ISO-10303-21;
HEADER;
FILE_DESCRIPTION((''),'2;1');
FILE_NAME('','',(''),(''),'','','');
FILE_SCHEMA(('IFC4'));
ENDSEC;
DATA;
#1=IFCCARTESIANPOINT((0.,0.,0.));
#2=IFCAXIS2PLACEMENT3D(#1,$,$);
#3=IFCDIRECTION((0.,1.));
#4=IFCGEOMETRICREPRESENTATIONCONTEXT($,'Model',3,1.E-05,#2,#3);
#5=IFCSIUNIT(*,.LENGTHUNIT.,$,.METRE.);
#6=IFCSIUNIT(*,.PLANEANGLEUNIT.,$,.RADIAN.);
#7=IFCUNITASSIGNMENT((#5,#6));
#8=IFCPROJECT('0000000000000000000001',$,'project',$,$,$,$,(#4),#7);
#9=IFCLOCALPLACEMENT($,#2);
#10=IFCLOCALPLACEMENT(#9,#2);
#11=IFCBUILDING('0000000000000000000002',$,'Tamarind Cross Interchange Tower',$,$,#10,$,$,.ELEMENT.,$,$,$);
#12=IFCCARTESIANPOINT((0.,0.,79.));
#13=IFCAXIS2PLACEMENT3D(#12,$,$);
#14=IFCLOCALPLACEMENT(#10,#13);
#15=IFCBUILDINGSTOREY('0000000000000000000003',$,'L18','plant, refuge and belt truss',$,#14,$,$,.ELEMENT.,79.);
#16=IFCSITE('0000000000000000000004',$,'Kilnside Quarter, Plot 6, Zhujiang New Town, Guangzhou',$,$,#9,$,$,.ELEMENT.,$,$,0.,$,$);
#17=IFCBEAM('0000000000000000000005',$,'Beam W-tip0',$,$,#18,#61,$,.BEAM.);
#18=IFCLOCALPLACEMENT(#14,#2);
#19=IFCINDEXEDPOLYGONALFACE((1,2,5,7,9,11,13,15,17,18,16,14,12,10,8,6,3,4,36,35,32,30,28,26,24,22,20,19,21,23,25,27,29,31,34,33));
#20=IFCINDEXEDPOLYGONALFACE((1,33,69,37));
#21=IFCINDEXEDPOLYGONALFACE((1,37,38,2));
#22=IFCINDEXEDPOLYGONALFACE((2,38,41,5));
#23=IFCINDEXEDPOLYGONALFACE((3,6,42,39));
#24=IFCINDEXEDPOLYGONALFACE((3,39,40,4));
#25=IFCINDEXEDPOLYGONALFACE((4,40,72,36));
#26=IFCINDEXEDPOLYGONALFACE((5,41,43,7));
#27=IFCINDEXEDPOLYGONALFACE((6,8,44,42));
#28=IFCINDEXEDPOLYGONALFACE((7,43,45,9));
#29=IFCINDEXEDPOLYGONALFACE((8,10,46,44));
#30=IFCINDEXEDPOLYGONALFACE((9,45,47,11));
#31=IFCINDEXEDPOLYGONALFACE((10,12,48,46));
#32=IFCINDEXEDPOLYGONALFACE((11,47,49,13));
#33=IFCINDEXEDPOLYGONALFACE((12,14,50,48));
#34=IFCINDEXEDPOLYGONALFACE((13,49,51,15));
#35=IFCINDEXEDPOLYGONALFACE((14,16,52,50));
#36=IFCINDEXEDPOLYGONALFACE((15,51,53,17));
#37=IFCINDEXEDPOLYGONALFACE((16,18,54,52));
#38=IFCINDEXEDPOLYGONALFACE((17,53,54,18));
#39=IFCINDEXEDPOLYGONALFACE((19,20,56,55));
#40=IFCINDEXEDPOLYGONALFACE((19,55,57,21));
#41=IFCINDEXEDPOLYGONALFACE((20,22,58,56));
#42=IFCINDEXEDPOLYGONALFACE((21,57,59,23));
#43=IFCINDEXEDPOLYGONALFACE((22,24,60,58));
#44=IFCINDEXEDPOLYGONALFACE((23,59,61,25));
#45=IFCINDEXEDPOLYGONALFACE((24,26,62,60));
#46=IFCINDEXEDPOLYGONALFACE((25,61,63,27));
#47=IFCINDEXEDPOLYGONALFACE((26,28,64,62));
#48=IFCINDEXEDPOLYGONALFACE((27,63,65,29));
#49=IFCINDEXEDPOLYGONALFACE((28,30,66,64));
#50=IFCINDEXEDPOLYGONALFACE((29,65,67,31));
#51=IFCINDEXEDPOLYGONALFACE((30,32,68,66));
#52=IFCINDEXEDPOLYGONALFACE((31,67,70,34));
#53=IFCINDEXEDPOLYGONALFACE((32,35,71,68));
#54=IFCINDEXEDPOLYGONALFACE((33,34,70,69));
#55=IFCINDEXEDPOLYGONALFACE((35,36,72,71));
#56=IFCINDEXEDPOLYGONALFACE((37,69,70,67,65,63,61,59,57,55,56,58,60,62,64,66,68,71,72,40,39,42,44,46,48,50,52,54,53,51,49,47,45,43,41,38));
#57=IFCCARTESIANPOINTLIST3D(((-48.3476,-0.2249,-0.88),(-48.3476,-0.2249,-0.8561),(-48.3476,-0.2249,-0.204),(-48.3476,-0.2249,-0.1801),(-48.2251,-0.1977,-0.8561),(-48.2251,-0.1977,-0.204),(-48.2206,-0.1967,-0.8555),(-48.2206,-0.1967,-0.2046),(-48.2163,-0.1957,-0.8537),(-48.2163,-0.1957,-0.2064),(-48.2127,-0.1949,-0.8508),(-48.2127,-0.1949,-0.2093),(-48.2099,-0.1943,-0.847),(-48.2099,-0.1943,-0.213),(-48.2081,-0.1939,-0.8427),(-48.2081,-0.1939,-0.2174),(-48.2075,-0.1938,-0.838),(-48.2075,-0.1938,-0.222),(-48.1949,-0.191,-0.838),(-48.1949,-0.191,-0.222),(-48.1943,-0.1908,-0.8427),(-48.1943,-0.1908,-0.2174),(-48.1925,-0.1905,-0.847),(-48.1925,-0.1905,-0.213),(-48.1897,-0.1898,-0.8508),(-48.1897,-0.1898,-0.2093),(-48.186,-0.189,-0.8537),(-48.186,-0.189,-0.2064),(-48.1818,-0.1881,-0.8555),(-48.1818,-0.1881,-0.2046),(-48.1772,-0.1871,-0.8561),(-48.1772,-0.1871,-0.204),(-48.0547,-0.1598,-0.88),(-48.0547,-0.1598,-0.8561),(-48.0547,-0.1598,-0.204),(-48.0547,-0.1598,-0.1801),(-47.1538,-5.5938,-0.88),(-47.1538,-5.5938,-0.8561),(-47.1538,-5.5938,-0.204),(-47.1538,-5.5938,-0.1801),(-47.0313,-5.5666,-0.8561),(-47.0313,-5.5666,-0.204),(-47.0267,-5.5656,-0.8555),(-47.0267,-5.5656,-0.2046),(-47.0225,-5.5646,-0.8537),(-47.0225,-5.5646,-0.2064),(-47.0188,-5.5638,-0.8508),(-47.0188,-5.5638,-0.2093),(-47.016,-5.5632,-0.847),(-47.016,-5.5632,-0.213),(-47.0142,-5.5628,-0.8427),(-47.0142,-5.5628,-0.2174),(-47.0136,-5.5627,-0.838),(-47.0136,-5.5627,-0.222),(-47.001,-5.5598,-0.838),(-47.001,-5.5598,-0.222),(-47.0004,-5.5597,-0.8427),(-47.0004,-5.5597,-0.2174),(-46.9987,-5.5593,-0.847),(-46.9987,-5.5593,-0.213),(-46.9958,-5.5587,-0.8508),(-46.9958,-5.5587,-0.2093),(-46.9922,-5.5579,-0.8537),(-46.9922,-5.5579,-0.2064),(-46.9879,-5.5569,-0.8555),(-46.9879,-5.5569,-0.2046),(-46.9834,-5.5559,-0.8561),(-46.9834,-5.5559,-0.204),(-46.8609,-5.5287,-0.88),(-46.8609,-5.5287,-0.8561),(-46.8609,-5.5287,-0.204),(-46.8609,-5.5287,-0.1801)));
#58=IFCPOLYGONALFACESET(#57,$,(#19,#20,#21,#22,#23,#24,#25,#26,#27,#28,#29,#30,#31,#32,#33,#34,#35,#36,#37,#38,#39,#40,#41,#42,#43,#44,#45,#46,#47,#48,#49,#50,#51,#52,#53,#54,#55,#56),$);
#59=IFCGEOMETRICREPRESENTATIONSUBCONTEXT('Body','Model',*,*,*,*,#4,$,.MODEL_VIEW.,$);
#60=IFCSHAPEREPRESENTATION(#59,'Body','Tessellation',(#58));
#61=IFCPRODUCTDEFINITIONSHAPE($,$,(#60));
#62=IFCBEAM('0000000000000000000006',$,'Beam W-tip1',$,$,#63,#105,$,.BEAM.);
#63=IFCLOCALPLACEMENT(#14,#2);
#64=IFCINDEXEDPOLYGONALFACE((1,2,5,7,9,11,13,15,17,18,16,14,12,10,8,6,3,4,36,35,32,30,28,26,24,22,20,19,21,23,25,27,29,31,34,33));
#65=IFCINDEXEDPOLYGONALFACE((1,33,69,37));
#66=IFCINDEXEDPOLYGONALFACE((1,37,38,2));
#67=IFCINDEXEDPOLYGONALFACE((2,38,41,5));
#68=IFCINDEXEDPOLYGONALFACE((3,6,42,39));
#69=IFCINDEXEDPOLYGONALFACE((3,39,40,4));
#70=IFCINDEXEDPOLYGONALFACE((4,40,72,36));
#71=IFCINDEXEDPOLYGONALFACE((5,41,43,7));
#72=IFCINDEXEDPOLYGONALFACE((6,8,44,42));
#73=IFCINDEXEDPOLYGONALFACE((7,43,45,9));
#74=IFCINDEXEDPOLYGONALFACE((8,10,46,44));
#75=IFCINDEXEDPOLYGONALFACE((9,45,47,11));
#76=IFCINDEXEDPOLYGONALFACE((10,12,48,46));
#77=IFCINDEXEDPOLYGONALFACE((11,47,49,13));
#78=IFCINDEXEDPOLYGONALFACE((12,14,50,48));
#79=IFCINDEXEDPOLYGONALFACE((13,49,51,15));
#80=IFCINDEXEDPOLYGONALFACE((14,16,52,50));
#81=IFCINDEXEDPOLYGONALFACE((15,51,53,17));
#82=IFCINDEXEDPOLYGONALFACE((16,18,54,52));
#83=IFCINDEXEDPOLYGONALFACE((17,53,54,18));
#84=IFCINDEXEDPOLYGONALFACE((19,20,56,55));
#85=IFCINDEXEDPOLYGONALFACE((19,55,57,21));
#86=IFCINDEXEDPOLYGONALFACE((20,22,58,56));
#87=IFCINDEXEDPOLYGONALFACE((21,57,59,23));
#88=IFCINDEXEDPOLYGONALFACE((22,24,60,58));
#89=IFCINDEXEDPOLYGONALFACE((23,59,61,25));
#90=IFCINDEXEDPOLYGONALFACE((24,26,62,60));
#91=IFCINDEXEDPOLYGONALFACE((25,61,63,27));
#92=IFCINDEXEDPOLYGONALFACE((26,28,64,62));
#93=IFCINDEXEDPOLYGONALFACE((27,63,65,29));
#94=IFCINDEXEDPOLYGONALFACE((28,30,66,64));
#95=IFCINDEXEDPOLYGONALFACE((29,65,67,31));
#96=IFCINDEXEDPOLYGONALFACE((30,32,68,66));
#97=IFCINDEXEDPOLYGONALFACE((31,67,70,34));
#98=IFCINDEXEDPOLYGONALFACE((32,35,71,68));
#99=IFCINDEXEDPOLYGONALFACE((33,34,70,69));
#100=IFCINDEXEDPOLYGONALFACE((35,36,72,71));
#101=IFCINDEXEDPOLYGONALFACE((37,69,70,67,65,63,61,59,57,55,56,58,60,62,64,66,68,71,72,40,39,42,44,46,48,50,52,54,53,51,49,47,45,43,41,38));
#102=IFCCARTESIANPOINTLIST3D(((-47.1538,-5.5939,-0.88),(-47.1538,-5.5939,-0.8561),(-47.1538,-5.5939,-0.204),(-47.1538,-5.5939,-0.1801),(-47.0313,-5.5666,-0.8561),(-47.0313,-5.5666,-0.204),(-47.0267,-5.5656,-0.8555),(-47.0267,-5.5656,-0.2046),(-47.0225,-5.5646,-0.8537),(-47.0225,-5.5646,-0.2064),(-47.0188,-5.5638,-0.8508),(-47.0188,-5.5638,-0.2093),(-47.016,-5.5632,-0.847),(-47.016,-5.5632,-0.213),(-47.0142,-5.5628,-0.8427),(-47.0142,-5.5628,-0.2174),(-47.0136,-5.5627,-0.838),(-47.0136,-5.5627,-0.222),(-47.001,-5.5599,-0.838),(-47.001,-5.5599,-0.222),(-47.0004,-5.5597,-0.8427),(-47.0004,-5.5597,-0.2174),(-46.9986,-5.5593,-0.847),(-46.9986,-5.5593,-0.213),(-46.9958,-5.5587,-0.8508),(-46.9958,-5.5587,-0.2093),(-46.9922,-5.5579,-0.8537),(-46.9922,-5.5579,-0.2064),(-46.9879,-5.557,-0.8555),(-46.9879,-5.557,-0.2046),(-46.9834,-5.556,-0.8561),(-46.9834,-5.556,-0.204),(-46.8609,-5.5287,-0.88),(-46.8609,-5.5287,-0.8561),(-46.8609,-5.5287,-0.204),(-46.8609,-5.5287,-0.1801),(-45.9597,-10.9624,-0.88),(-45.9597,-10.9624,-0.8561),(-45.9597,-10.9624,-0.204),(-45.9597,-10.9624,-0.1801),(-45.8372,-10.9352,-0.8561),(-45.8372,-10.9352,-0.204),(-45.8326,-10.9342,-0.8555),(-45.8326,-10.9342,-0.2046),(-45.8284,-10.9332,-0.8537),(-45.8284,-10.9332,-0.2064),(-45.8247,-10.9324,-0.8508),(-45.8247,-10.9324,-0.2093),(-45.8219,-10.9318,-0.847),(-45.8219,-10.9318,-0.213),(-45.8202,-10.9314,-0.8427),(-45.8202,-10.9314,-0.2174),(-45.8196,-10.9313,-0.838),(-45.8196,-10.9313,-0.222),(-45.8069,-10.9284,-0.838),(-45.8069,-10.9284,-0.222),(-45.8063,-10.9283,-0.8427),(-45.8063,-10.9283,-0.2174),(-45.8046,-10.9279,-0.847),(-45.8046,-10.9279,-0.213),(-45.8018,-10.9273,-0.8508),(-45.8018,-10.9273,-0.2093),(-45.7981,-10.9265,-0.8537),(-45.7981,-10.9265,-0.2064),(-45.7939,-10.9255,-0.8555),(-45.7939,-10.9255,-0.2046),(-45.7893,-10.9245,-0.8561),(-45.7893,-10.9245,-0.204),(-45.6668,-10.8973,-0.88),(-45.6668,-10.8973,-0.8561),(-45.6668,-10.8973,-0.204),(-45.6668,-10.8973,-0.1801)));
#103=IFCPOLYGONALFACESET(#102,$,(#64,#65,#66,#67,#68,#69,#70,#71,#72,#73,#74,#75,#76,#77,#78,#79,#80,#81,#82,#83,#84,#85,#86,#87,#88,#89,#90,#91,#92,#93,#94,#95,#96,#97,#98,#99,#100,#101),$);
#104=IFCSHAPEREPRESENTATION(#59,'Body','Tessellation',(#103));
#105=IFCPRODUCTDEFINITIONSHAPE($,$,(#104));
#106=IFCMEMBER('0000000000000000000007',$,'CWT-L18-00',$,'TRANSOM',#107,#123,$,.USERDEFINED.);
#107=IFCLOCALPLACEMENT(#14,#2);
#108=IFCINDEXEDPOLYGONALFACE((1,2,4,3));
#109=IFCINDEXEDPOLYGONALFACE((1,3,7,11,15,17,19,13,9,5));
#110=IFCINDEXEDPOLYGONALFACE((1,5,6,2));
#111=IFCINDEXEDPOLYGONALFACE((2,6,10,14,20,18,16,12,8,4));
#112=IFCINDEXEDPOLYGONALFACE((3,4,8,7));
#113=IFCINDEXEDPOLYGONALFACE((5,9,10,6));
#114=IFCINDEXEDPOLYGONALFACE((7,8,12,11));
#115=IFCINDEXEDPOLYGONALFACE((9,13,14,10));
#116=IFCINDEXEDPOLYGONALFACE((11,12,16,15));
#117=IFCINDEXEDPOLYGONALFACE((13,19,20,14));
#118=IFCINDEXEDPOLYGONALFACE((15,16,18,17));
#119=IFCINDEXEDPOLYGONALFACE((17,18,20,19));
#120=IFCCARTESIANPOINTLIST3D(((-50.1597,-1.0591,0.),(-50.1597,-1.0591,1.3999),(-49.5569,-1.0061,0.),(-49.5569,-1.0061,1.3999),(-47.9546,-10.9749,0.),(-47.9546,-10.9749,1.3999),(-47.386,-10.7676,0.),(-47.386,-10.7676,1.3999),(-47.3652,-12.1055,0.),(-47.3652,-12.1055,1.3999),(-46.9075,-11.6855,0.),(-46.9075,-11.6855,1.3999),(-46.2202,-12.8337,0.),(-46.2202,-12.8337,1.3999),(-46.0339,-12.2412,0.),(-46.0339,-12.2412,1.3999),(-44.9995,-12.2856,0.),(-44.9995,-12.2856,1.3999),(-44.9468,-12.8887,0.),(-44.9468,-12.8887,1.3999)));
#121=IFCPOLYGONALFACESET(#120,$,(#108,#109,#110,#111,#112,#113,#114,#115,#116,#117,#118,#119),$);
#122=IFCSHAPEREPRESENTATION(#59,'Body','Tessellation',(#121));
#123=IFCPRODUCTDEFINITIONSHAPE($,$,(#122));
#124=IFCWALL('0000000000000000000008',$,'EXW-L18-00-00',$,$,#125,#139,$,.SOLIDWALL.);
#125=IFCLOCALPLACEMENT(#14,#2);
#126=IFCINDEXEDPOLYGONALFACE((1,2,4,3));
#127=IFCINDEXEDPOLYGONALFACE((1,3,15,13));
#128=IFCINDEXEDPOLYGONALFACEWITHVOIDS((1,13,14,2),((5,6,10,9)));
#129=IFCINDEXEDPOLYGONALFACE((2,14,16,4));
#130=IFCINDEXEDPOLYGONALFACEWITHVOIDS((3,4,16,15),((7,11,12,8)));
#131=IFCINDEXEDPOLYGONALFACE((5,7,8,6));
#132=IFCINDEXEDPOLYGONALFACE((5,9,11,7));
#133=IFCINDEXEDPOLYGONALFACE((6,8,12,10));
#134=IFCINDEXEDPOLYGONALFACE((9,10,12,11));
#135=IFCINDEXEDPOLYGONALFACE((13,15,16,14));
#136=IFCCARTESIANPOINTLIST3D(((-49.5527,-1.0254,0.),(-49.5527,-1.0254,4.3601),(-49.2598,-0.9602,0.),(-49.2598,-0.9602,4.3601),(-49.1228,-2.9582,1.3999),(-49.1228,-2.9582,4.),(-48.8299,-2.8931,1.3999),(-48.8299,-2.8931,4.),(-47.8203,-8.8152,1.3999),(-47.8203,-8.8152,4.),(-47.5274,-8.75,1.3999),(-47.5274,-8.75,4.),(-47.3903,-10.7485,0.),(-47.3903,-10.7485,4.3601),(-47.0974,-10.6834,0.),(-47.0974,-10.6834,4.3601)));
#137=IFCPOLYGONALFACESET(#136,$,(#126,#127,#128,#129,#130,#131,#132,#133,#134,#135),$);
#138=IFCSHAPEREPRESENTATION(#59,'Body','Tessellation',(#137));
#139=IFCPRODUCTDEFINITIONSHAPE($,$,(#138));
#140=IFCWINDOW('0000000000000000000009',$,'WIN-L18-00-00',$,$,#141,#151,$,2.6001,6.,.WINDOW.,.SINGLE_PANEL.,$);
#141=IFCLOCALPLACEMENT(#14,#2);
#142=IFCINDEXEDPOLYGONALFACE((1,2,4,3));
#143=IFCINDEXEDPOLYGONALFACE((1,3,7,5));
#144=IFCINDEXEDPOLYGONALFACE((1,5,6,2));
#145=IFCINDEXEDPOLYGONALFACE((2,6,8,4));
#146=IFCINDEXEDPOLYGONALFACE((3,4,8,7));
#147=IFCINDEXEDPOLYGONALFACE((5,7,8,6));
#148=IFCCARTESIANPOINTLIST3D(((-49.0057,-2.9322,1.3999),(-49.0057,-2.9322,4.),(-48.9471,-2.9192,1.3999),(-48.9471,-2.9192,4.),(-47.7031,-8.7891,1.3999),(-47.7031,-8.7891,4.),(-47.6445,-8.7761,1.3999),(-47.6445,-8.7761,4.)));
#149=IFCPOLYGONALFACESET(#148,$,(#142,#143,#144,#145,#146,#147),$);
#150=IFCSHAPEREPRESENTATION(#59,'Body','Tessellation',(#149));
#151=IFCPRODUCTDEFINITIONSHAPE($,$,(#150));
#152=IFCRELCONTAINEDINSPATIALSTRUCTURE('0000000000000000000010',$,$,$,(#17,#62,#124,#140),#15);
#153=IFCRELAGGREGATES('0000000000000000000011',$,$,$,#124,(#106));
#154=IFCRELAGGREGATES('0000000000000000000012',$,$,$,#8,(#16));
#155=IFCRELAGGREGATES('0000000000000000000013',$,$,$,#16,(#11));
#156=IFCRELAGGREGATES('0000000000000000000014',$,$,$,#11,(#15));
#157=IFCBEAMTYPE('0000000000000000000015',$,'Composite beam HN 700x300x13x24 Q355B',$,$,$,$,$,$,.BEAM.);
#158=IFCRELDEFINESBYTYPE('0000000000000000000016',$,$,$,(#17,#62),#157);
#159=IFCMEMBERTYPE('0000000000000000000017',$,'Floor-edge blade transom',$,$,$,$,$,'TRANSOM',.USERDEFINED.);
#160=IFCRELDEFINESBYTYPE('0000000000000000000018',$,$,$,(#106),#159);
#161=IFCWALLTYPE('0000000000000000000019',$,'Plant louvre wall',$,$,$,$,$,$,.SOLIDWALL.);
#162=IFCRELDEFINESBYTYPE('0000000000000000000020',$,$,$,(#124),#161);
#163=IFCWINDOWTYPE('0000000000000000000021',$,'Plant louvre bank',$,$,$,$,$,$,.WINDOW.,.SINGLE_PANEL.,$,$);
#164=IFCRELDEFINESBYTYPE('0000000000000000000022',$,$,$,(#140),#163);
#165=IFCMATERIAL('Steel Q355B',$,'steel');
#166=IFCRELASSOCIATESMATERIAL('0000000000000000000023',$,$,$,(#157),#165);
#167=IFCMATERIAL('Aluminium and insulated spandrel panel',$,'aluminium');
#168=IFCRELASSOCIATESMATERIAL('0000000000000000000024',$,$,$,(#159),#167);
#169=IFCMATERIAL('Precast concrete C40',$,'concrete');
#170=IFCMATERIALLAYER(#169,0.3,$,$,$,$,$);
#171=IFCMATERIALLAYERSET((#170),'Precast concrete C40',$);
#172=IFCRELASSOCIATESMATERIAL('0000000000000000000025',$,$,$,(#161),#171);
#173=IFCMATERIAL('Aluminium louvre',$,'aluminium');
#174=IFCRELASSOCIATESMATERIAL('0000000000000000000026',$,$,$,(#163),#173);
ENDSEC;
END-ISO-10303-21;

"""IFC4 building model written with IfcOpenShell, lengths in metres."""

from ifc_helpers import new_model, si_unit, direction, frame, frame_2d, origin, origin_2d, place, context, subcontext, project, spatial, polyline, rectangle, i_section, outline, extrude, material, layer, layer_set, material_profile, profile_set, type_object, element, fill, aggregate, save


model = new_model("IFC4")

# Units and contexts
model_context = context("Model", 3, precision=1e-05, world=origin(), true_north=direction((0.0, 1.0)))
body_context = subcontext(model_context, "Body", "Model", "MODEL_VIEW")
ifc_project = project(units=[si_unit("LENGTHUNIT", "METRE"), si_unit("PLANEANGLEUNIT", "RADIAN")], contexts=[model_context])

# Site, building, storey
site_placement = place(None, origin())
site = spatial("IfcSite", under=ifc_project, at=site_placement, Name="Kilnside Quarter, Plot 6, Zhujiang New Town, Guangzhou", CompositionType="ELEMENT", RefElevation=0.0)
building_placement = place(site_placement, origin())
building = spatial("IfcBuilding", under=site, at=building_placement, Name="Tamarind Cross Interchange Tower", CompositionType="ELEMENT")
storey_placement = place(building_placement, frame((0.0, 0.0, 79.0)))
storey = spatial("IfcBuildingStorey", under=building, at=storey_placement, Name="L18", Description="plant, refuge and belt truss", CompositionType="ELEMENT", Elevation=79.0)

# Beams
ifc_material_1 = material(Name="Steel Q355B", Category="steel")
ifc_material_profile_1 = material_profile(ifc_material_1, i_section(OverallWidth=0.3, OverallDepth=0.7, WebThickness=0.0129, FlangeThickness=0.0239, FilletRadius=0.0181, at=origin_2d()), Name="HN 700x300x13x24")
ifc_profile_set_1 = profile_set([ifc_material_profile_1], Name="Steel Q355B")
beam_type_1 = type_object("IfcBeamType", Name="Composite beam HN 700x300x13x24 Q355B", PredefinedType="BEAM", material=ifc_profile_set_1)
beam_1_placement = place(storey_placement, frame((-48.2012, -0.1924, -0.53), z_axis=(0.217062, -0.976158, 0.0), x_axis=(0.976158, 0.217062, 0.0)))
element("IfcBeam", 1, at=beam_1_placement, inside=storey, type_object=beam_type_1, Name="Beam W-tip0", PredefinedType="BEAM", context=body_context, shape_type="SweptSolid", body=[
    extrude(i_section(OverallWidth=0.3, OverallDepth=0.7, WebThickness=0.0129, FlangeThickness=0.0239, FilletRadius=0.0181, at=origin_2d()), origin(), (0.0, 0.0, 1.0), 5.5),
])
beam_2_placement = place(storey_placement, frame((-47.0073, -5.5613, -0.53), z_axis=(0.217114, -0.976146, 0.0), x_axis=(0.976146, 0.217114, 0.0)))
element("IfcBeam", 2, at=beam_2_placement, inside=storey, type_object=beam_type_1, Name="Beam W-tip1", PredefinedType="BEAM", context=body_context, shape_type="SweptSolid", body=[
    extrude(i_section(OverallWidth=0.3, OverallDepth=0.7, WebThickness=0.0129, FlangeThickness=0.0239, FilletRadius=0.0181, at=origin_2d()), origin(), (0.0, 0.0, 1.0), 5.4998),
])

# Member
ifc_material_2 = material(Name="Aluminium and insulated spandrel panel", Category="aluminium")
member_type_1 = type_object("IfcMemberType", Name="Floor-edge blade transom", ElementType="TRANSOM", PredefinedType="USERDEFINED", material=ifc_material_2)
member_1_placement = place(storey_placement, origin())
member_1 = element("IfcMember", 3, at=member_1_placement, type_object=member_type_1, Name="CWT-L18-00", ObjectType="TRANSOM", PredefinedType="USERDEFINED", context=body_context, shape_type="SweptSolid", body=[
    extrude(outline(polyline([(-49.5569, -1.0061), (-47.386, -10.7676), (-46.9075, -11.6855), (-46.0339, -12.2412), (-44.9995, -12.2856), (-44.9468, -12.8887), (-46.2202, -12.8337), (-47.3652, -12.1055), (-47.9546, -10.9749), (-50.1597, -1.0591), (-49.5569, -1.0061)])), origin(), (0.0, 0.0, 1.0), 1.3999),
])

# Wall, opening, window
ifc_material_3 = material(Name="Precast concrete C40", Category="concrete")
ifc_layer = layer(ifc_material_3, 0.3)
ifc_layer_set = layer_set([ifc_layer], Name="Precast concrete C40")
wall_type = type_object("IfcWallType", Name="Plant louvre wall", PredefinedType="SOLIDWALL", material=ifc_layer_set)
wall_1_placement = place(storey_placement, frame((-49.4062, -0.9927, 0.0), z_axis=(0.0, 0.0, 1.0), x_axis=(0.217089, -0.976152, 0.0)))
wall_1 = element("IfcWall", 4, at=wall_1_placement, inside=storey, type_object=wall_type, Name="EXW-L18-00-00", PredefinedType="SOLIDWALL", context=body_context, shape_type="SweptSolid", body=[
    extrude(rectangle(XDim=9.9607, YDim=0.3, at=frame_2d((4.9805, 0.0))), origin(), (0.0, 0.0, 1.0), 4.3601),
])
opening_1_placement = place(wall_1_placement, frame((1.9802, 0.0, 1.3999)))
opening_1 = element("IfcOpeningElement", 5, at=opening_1_placement, cuts=wall_1, PredefinedType="OPENING", context=body_context, shape_type="SweptSolid", body=[
    extrude(rectangle(XDim=6.0, YDim=2.6001, at=frame_2d((3.0, 1.3))), frame((0.0, 0.1599, 0.0), z_axis=(0.0, -1.0, 0.0), x_axis=(1.0, 0.0, 0.0)), (0.0, 0.0, 1.0), 0.3201),
])
ifc_material_4 = material(Name="Aluminium louvre", Category="aluminium")
window_type_1 = type_object("IfcWindowType", Name="Plant louvre bank", PartitioningType="SINGLE_PANEL", PredefinedType="WINDOW", material=ifc_material_4)
window_1_placement = place(opening_1_placement, origin())
window_1 = element("IfcWindow", 6, at=window_1_placement, inside=storey, type_object=window_type_1, Name="WIN-L18-00-00", OverallHeight=2.6001, OverallWidth=6.0, PartitioningType="SINGLE_PANEL", PredefinedType="WINDOW", context=body_context, shape_type="SweptSolid", body=[
    extrude(rectangle(XDim=6.0, YDim=2.6001, at=frame_2d((3.0, 1.3))), frame((0.0, 0.03, 0.0), z_axis=(0.0, -1.0, 0.0), x_axis=(1.0, 0.0, 0.0)), (0.0, 0.0, 1.0), 0.0601),
])
fill(opening_1, window_1)
aggregate(wall_1, [member_1])

save(model, "model.ifc")
